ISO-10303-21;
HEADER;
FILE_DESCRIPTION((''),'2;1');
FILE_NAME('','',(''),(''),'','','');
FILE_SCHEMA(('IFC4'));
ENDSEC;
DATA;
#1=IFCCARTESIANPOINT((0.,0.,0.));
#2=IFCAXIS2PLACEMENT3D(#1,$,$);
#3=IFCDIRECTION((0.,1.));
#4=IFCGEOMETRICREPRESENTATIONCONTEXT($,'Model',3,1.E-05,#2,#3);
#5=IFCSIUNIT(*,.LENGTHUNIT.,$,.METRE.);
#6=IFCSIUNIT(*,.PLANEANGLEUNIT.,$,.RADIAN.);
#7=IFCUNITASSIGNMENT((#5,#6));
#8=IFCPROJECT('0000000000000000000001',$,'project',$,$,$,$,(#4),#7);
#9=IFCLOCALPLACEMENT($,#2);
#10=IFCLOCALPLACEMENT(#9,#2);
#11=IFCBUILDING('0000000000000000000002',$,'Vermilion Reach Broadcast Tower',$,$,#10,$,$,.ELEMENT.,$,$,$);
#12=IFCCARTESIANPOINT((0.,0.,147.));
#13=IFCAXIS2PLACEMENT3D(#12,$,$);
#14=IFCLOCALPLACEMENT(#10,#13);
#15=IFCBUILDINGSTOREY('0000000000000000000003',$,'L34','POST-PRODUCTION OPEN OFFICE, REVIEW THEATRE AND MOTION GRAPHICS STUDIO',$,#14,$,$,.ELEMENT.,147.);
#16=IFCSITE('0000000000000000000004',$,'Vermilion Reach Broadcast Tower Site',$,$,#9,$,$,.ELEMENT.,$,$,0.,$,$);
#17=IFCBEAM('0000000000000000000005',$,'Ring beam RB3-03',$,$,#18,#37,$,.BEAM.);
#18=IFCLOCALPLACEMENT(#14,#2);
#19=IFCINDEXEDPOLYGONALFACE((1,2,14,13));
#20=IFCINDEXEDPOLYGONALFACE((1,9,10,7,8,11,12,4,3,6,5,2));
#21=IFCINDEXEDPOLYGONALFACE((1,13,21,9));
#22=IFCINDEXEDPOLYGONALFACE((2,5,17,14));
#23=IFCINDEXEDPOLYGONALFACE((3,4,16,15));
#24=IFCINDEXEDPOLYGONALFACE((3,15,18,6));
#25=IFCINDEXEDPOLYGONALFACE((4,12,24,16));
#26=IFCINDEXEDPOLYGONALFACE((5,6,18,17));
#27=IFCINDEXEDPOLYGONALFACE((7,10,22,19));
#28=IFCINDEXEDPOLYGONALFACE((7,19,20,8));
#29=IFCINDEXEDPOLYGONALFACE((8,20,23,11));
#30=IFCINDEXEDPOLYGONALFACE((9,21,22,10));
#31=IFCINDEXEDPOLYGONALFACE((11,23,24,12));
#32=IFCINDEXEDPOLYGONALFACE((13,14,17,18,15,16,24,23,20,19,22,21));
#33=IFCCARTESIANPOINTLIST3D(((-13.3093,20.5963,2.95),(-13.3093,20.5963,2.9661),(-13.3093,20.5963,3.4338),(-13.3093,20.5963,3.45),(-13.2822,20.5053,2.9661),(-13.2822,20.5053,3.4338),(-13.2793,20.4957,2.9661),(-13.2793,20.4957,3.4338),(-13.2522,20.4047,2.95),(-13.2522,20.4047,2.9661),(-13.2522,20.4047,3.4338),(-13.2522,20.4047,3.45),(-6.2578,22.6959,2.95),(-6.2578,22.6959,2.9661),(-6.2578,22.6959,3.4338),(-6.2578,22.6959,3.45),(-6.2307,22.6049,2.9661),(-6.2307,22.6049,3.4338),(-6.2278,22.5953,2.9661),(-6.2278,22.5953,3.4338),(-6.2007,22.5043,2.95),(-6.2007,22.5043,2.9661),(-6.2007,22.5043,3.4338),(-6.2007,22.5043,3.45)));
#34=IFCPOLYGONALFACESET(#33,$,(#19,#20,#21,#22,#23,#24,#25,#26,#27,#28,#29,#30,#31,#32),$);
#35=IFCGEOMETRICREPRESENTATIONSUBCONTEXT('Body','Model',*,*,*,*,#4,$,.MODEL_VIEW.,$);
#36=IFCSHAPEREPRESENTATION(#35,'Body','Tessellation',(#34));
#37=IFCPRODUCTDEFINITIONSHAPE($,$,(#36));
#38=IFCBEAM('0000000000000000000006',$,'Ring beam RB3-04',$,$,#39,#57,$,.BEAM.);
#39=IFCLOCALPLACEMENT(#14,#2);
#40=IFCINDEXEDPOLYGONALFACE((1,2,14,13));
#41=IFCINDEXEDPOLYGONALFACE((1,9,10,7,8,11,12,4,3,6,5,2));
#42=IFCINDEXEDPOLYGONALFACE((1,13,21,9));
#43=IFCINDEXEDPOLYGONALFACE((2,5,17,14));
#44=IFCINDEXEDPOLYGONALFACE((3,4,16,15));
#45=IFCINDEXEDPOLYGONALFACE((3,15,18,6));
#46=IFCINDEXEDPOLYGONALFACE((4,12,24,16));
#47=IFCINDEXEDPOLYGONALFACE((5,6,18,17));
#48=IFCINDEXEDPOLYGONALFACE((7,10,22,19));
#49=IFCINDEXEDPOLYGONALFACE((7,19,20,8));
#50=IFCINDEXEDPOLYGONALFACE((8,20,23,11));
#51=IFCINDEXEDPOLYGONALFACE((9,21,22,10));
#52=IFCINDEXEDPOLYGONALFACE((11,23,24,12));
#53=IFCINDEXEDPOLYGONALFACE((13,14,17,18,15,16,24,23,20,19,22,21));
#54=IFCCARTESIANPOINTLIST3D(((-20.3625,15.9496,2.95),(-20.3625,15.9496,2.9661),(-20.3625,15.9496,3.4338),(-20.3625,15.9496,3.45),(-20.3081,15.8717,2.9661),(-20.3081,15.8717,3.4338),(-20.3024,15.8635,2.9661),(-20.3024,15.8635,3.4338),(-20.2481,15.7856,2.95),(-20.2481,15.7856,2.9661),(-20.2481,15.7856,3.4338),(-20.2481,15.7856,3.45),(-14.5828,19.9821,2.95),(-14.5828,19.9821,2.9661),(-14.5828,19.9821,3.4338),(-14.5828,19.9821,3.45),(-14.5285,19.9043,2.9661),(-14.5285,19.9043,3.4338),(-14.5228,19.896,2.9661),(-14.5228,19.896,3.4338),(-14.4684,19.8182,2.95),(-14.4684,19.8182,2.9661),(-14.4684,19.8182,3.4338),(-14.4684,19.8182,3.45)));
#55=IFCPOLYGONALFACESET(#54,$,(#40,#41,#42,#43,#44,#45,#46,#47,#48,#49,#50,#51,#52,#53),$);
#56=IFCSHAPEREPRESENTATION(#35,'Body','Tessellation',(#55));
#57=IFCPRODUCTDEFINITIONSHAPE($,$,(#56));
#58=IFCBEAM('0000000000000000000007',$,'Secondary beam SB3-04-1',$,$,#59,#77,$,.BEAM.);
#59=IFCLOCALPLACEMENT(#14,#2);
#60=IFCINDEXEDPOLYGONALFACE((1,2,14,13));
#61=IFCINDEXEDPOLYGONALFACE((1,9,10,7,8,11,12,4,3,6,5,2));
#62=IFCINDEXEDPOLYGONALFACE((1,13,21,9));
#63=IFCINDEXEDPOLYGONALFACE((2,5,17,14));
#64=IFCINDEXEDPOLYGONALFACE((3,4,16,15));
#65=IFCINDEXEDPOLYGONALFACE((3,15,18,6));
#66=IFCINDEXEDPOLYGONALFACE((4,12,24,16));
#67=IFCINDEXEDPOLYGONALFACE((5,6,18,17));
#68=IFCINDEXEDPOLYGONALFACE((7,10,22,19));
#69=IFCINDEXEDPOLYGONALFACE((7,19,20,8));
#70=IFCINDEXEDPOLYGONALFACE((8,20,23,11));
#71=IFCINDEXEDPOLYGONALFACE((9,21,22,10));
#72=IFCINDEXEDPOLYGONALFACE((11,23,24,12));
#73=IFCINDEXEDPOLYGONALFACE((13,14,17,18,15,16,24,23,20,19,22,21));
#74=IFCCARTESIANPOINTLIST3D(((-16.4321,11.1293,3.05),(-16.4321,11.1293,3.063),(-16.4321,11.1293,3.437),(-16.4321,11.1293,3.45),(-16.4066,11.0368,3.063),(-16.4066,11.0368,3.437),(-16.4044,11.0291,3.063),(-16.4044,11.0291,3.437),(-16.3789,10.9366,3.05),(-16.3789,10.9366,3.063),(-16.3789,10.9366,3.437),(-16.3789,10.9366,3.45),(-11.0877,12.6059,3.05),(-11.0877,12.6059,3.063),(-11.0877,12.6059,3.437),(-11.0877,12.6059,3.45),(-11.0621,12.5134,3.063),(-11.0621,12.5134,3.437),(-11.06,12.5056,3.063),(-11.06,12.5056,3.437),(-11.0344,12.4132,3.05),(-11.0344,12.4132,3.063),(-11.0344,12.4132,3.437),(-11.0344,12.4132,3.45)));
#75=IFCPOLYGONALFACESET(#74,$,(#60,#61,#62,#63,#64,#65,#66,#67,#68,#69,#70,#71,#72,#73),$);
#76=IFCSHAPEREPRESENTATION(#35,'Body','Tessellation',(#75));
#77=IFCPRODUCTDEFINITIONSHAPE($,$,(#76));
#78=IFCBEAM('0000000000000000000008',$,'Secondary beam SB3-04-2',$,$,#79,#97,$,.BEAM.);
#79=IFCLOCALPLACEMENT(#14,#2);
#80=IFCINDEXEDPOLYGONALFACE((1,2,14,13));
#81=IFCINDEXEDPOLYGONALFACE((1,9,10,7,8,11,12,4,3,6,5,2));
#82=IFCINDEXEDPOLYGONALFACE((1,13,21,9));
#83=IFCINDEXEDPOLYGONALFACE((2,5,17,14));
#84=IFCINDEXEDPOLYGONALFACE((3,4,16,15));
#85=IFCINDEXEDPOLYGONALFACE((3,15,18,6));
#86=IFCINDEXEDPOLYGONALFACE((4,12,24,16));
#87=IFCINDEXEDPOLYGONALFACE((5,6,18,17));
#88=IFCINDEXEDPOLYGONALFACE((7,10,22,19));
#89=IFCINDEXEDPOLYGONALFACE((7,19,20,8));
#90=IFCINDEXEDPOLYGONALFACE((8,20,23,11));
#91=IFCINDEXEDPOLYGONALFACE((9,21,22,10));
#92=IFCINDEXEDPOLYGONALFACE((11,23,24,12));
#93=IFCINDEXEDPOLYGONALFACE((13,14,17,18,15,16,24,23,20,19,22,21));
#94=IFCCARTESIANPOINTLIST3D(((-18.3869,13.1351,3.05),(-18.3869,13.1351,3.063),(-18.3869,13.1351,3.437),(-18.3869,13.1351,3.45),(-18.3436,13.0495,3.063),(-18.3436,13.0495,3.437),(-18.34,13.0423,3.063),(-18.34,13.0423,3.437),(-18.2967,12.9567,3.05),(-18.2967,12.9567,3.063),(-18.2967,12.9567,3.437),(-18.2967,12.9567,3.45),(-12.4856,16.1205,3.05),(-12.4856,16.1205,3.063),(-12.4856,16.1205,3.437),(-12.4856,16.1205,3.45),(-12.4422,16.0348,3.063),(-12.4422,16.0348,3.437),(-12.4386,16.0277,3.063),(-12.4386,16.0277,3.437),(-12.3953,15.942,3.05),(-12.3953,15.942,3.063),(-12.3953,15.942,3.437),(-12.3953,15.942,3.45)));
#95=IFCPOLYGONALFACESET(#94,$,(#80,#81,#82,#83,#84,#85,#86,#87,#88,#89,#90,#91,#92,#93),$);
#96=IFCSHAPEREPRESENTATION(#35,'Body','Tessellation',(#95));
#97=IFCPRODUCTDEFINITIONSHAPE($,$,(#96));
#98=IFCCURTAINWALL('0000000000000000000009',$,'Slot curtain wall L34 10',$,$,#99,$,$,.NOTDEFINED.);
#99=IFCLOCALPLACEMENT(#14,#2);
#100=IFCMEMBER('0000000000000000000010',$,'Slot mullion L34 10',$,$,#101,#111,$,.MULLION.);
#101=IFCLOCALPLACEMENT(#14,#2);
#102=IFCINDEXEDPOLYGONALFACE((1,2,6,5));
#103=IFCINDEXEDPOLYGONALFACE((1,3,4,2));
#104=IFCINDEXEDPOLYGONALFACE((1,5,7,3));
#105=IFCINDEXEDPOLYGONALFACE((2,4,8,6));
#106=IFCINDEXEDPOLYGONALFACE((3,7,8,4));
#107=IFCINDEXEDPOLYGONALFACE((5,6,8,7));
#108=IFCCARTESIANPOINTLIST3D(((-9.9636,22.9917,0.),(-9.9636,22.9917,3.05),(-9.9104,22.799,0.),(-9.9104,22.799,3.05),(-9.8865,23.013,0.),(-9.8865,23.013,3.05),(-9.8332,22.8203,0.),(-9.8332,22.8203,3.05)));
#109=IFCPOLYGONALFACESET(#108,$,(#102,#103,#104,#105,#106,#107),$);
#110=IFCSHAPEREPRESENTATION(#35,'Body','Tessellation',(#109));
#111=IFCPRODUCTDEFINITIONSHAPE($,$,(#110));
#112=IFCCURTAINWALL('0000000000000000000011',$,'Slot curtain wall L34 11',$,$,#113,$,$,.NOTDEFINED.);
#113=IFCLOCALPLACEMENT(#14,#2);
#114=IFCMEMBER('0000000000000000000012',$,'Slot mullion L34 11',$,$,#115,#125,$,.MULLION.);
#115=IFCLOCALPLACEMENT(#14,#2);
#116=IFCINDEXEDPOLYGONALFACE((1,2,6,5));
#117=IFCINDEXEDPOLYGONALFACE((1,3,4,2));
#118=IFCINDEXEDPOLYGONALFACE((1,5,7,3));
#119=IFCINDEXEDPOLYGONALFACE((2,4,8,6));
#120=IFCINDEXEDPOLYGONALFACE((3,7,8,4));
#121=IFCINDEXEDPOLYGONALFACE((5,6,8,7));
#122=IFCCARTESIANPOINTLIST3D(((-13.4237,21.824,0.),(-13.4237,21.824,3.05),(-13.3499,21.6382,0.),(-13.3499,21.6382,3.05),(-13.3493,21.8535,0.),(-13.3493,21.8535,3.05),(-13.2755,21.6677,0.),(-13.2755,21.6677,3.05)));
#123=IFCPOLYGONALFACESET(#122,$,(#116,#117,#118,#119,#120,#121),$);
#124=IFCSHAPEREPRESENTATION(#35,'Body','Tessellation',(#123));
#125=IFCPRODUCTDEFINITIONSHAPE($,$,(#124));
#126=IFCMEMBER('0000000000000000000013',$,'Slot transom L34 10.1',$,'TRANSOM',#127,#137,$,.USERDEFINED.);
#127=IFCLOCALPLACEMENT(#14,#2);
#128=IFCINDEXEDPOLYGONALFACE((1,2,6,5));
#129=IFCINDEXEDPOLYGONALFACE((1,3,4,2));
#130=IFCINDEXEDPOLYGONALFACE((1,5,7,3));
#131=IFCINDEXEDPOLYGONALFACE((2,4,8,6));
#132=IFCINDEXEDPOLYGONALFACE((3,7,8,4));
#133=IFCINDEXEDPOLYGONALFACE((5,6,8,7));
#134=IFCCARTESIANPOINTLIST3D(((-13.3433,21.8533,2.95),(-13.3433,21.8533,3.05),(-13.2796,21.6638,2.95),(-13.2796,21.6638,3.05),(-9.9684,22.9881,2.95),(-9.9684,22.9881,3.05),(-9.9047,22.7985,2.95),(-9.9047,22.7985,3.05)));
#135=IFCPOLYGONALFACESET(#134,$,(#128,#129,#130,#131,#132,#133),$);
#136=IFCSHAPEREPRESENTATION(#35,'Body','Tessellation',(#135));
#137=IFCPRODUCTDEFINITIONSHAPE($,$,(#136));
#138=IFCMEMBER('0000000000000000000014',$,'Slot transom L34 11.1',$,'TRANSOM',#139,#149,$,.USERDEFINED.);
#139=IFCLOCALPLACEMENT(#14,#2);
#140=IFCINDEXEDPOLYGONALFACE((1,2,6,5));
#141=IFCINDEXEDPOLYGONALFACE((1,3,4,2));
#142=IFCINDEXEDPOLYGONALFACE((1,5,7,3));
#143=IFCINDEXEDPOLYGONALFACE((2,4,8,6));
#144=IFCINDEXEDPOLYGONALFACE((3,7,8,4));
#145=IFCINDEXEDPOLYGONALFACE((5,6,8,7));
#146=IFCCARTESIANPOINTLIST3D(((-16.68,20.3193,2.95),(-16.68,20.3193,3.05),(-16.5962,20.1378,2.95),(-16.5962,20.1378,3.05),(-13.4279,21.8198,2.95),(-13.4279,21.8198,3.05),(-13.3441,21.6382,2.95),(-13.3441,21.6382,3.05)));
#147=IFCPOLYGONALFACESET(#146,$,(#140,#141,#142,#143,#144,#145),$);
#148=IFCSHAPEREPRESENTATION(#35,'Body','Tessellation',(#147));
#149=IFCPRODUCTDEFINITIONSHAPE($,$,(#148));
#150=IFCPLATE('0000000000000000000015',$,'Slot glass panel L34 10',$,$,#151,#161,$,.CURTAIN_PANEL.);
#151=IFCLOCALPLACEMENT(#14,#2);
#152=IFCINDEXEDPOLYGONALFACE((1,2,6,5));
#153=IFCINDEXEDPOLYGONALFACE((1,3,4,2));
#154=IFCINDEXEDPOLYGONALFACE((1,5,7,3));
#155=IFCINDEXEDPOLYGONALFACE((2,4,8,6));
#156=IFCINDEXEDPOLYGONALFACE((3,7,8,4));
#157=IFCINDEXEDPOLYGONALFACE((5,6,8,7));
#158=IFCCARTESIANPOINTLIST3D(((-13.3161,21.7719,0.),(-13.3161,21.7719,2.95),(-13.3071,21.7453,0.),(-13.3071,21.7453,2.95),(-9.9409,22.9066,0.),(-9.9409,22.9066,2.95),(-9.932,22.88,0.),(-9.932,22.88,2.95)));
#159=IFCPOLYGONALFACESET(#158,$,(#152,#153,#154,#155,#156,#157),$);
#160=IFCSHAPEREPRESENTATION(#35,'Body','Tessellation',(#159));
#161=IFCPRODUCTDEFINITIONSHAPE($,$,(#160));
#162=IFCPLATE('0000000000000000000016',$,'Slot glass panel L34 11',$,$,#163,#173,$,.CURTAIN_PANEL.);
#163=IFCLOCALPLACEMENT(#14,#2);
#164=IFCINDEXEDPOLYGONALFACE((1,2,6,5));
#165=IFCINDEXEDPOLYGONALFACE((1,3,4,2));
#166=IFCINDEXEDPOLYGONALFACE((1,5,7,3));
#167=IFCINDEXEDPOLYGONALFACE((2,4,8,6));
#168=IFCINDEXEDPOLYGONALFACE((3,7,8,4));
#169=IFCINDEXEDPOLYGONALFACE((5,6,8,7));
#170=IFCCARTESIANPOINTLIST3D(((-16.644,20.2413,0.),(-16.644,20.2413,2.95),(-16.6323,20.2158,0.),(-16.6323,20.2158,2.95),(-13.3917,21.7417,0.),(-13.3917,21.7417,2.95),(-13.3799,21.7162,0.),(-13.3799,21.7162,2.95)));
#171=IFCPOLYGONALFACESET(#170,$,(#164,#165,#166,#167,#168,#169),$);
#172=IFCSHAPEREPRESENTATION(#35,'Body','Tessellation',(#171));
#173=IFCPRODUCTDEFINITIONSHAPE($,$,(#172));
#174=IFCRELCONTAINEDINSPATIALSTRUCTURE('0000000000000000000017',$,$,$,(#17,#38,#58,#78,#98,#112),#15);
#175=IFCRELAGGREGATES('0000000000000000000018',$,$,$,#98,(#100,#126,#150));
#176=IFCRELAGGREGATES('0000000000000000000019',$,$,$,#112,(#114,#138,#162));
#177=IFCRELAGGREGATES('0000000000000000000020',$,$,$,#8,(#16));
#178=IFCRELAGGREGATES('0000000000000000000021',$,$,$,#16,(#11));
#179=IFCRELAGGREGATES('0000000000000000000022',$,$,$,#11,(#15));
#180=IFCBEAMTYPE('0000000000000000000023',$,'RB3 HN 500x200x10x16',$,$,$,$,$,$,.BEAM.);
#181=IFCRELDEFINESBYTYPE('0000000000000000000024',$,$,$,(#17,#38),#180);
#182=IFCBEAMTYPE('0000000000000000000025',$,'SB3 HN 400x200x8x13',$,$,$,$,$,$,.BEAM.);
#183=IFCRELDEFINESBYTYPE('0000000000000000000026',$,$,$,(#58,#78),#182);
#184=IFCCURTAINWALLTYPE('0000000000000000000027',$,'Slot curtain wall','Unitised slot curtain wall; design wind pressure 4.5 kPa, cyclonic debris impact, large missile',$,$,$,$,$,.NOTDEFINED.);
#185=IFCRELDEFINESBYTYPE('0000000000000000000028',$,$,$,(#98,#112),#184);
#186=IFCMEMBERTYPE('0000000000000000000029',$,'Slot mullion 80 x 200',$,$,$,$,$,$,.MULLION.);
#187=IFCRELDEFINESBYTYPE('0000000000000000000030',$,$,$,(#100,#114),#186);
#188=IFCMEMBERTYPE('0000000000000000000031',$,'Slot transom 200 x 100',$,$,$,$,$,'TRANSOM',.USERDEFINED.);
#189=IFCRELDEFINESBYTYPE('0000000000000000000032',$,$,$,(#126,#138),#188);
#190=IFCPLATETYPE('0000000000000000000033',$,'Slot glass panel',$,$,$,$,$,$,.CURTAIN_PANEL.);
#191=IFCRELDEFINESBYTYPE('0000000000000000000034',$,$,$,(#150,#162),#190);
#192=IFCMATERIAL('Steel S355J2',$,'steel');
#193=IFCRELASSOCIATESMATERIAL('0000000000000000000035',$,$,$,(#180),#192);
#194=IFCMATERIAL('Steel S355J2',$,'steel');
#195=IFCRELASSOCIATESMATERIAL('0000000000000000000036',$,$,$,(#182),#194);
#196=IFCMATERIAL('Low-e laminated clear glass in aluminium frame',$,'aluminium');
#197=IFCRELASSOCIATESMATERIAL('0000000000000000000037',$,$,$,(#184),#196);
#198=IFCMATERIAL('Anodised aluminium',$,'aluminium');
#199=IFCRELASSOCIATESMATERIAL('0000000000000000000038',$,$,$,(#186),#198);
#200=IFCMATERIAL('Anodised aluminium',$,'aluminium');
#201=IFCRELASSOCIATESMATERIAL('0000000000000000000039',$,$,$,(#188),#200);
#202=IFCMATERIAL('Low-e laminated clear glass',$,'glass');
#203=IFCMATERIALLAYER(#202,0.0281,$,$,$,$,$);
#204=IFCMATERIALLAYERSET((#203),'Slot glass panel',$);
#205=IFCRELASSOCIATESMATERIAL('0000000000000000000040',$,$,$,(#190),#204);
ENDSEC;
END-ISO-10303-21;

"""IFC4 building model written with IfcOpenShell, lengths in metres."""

from ifc_helpers import new_model, si_unit, direction, frame, origin, origin_2d, place, context, subcontext, project, spatial, rectangle, i_section, extrude, material, layer, layer_set, material_profile, profile_set, type_object, element, aggregate, save


model = new_model("IFC4")

# Units and contexts
model_context = context("Model", 3, precision=1e-05, world=origin(), true_north=direction((0.0, 1.0)))
body_context = subcontext(model_context, "Body", "Model", "MODEL_VIEW")
ifc_project = project(units=[si_unit("LENGTHUNIT", "METRE"), si_unit("PLANEANGLEUNIT", "RADIAN")], contexts=[model_context])

# Site, building, storey
site_placement = place(None, origin())
site = spatial("IfcSite", under=ifc_project, at=site_placement, Name="Vermilion Reach Broadcast Tower Site", CompositionType="ELEMENT", RefElevation=0.0)
building_placement = place(site_placement, origin())
building = spatial("IfcBuilding", under=site, at=building_placement, Name="Vermilion Reach Broadcast Tower", CompositionType="ELEMENT")
storey_placement = place(building_placement, frame((0.0, 0.0, 147.0)))
storey = spatial("IfcBuildingStorey", under=building, at=storey_placement, Name="L34", Description="POST-PRODUCTION OPEN OFFICE, REVIEW THEATRE AND MOTION GRAPHICS STUDIO", CompositionType="ELEMENT", Elevation=147.0)

# Beams
ifc_material_1 = material(Name="Steel S355J2", Category="steel")
ifc_material_profile_1 = material_profile(ifc_material_1, i_section(OverallWidth=0.2, OverallDepth=0.5, WebThickness=0.01, FlangeThickness=0.0161, at=origin_2d()), Name="S355J2 HN 500x200x10x16")
ifc_profile_set_1 = profile_set([ifc_material_profile_1], Name="Steel S355J2")
beam_type_1 = type_object("IfcBeamType", Name="RB3 HN 500x200x10x16", PredefinedType="BEAM", material=ifc_profile_set_1)
beam_1_placement = place(storey_placement, frame((-6.2292, 22.6001, 3.2), z_axis=(-0.958417, -0.285372, 0.0), x_axis=(0.285372, -0.958417, 0.0)))
element("IfcBeam", 1, at=beam_1_placement, inside=storey, type_object=beam_type_1, Name="Ring beam RB3-03", PredefinedType="BEAM", context=body_context, shape_type="SweptSolid", body=[
    extrude(i_section(OverallWidth=0.2, OverallDepth=0.5, WebThickness=0.01, FlangeThickness=0.0161, at=origin_2d()), origin(), (0.0, 0.0, 1.0), 7.3574),
])
beam_2_placement = place(storey_placement, frame((-14.5256, 19.9001, 3.2), z_axis=(-0.820111, -0.572204, 0.0), x_axis=(0.572204, -0.820111, 0.0)))
element("IfcBeam", 2, at=beam_2_placement, inside=storey, type_object=beam_type_1, Name="Ring beam RB3-04", PredefinedType="BEAM", context=body_context, shape_type="SweptSolid", body=[
    extrude(i_section(OverallWidth=0.2, OverallDepth=0.5, WebThickness=0.01, FlangeThickness=0.0161, at=origin_2d()), origin(), (0.0, 0.0, 1.0), 7.0474),
])
ifc_material_2 = material(Name="Steel S355J2", Category="steel")
ifc_material_profile_2 = material_profile(ifc_material_2, i_section(OverallWidth=0.2, OverallDepth=0.3999, WebThickness=0.0081, FlangeThickness=0.0129, at=origin_2d()), Name="S355J2 HN 400x200x8x13")
ifc_profile_set_2 = profile_set([ifc_material_profile_2], Name="Steel S355J2")
beam_type_2 = type_object("IfcBeamType", Name="SB3 HN 400x200x8x13", PredefinedType="BEAM", material=ifc_profile_set_2)
beam_3_placement = place(storey_placement, frame((-11.061, 12.5095, 3.25), z_axis=(-0.96389, -0.266301, 0.0), x_axis=(0.266301, -0.96389, 0.0)))
element("IfcBeam", 3, at=beam_3_placement, inside=storey, type_object=beam_type_2, Name="Secondary beam SB3-04-1", PredefinedType="BEAM", context=body_context, shape_type="SweptSolid", body=[
    extrude(i_section(OverallWidth=0.2, OverallDepth=0.3999, WebThickness=0.0081, FlangeThickness=0.0129, at=origin_2d()), origin(), (0.0, 0.0, 1.0), 5.5447),
])
beam_4_placement = place(storey_placement, frame((-12.4404, 16.0312, 3.25), z_axis=(-0.892321, -0.451402, 0.0), x_axis=(0.451402, -0.892321, 0.0)))
element("IfcBeam", 4, at=beam_4_placement, inside=storey, type_object=beam_type_2, Name="Secondary beam SB3-04-2", PredefinedType="BEAM", context=body_context, shape_type="SweptSolid", body=[
    extrude(i_section(OverallWidth=0.2, OverallDepth=0.3999, WebThickness=0.0081, FlangeThickness=0.0129, at=origin_2d()), origin(), (0.0, 0.0, 1.0), 6.6135),
])

# Curtain walls, members
ifc_material_3 = material(Name="Low-e laminated clear glass in aluminium frame", Category="aluminium")
curtain_wall_type = type_object("IfcCurtainWallType", Name="Slot curtain wall", Description="Unitised slot curtain wall; design wind pressure 4.5 kPa, cyclonic debris impact, large missile", PredefinedType="NOTDEFINED", material=ifc_material_3)
placement = place(storey_placement, origin())
curtain_wall_1 = element("IfcCurtainWall", 5, at=placement, inside=storey, type_object=curtain_wall_type, Name="Slot curtain wall L34 10", PredefinedType="NOTDEFINED")
ifc_material_4 = material(Name="Anodised aluminium", Category="aluminium")
ifc_material_profile_3 = material_profile(ifc_material_4, rectangle(XDim=0.2, YDim=0.0801, at=origin_2d()), Name="Slot mullion 80 x 200")
ifc_profile_set_3 = profile_set([ifc_material_profile_3], Name="Anodised aluminium")
member_type_1 = type_object("IfcMemberType", Name="Slot mullion 80 x 200", PredefinedType="MULLION", material=ifc_profile_set_3)
member_1_placement = place(storey_placement, frame((-9.8984, 22.906, 0.0), z_axis=(0.0, 0.0, 1.0), x_axis=(0.266212, -0.963914, 0.0)))
member_1 = element("IfcMember", 6, at=member_1_placement, type_object=member_type_1, Name="Slot mullion L34 10", PredefinedType="MULLION", context=body_context, shape_type="SweptSolid", body=[
    extrude(rectangle(XDim=0.2, YDim=0.0801, at=origin_2d()), origin(), (0.0, 0.0, 1.0), 3.05),
])
curtain_wall_2 = element("IfcCurtainWall", 7, at=placement, inside=storey, type_object=curtain_wall_type, Name="Slot curtain wall L34 11", PredefinedType="NOTDEFINED")
member_2_placement = place(storey_placement, frame((-13.3496, 21.7458, 0.0), z_axis=(0.0, 0.0, 1.0), x_axis=(0.369326, -0.9293, 0.0)))
member_2 = element("IfcMember", 8, at=member_2_placement, type_object=member_type_1, Name="Slot mullion L34 11", PredefinedType="MULLION", context=body_context, shape_type="SweptSolid", body=[
    extrude(rectangle(XDim=0.2, YDim=0.0801, at=origin_2d()), origin(), (0.0, 0.0, 1.0), 3.05),
])

# Members
ifc_material_5 = material(Name="Anodised aluminium", Category="aluminium")
ifc_material_profile_4 = material_profile(ifc_material_5, rectangle(XDim=0.2, YDim=0.1001, at=origin_2d()), Name="Slot transom 200 x 100")
ifc_profile_set_4 = profile_set([ifc_material_profile_4], Name="Anodised aluminium")
member_type_2 = type_object("IfcMemberType", Name="Slot transom 200 x 100", ElementType="TRANSOM", PredefinedType="USERDEFINED", material=ifc_profile_set_4)
member_3_placement = place(storey_placement, frame((-9.9365, 22.8933, 3.0), z_axis=(-0.947857, -0.318695, 0.0), x_axis=(0.318695, -0.947857, 0.0)))
member_3 = element("IfcMember", 9, at=member_3_placement, type_object=member_type_2, Name="Slot transom L34 10.1", ObjectType="TRANSOM", PredefinedType="USERDEFINED", context=body_context, shape_type="SweptSolid", body=[
    extrude(rectangle(XDim=0.2, YDim=0.1001, at=origin_2d()), origin(), (0.0, 0.0, 1.0), 3.5605),
])
member_4_placement = place(storey_placement, frame((-13.386, 21.729, 3.0), z_axis=(-0.908015, -0.418937, 0.0), x_axis=(0.418937, -0.908015, 0.0)))
member_4 = element("IfcMember", 10, at=member_4_placement, type_object=member_type_2, Name="Slot transom L34 11.1", ObjectType="TRANSOM", PredefinedType="USERDEFINED", context=body_context, shape_type="SweptSolid", body=[
    extrude(rectangle(XDim=0.2, YDim=0.1001, at=origin_2d()), origin(), (0.0, 0.0, 1.0), 3.5815),
])

# Plates
ifc_material_6 = material(Name="Low-e laminated clear glass", Category="glass")
ifc_layer_1 = layer(ifc_material_6, 0.0281)
ifc_layer_set_1 = layer_set([ifc_layer_1], Name="Slot glass panel")
plate_type = type_object("IfcPlateType", Name="Slot glass panel", PredefinedType="CURTAIN_PANEL", material=ifc_layer_set_1)
plate_1_placement = place(storey_placement, frame((-11.624, 22.3259, 0.0), z_axis=(0.0, 0.0, 1.0), x_axis=(-0.947866, -0.318669, 0.0)))
plate_1 = element("IfcPlate", 11, at=plate_1_placement, type_object=plate_type, Name="Slot glass panel L34 10", PredefinedType="CURTAIN_PANEL", context=body_context, shape_type="SweptSolid", body=[
    extrude(rectangle(XDim=3.5608, YDim=0.0281, at=origin_2d()), origin(), (0.0, 0.0, 1.0), 2.95),
])
aggregate(curtain_wall_1, [member_1, member_3, plate_1])
plate_2_placement = place(storey_placement, frame((-15.012, 20.9788, 0.0), z_axis=(0.0, 0.0, 1.0), x_axis=(-0.908029, -0.418908, 0.0)))
plate_2 = element("IfcPlate", 12, at=plate_2_placement, type_object=plate_type, Name="Slot glass panel L34 11", PredefinedType="CURTAIN_PANEL", context=body_context, shape_type="SweptSolid", body=[
    extrude(rectangle(XDim=3.5818, YDim=0.0281, at=origin_2d()), origin(), (0.0, 0.0, 1.0), 2.95),
])
aggregate(curtain_wall_2, [member_2, member_4, plate_2])

save(model, "model.ifc")
